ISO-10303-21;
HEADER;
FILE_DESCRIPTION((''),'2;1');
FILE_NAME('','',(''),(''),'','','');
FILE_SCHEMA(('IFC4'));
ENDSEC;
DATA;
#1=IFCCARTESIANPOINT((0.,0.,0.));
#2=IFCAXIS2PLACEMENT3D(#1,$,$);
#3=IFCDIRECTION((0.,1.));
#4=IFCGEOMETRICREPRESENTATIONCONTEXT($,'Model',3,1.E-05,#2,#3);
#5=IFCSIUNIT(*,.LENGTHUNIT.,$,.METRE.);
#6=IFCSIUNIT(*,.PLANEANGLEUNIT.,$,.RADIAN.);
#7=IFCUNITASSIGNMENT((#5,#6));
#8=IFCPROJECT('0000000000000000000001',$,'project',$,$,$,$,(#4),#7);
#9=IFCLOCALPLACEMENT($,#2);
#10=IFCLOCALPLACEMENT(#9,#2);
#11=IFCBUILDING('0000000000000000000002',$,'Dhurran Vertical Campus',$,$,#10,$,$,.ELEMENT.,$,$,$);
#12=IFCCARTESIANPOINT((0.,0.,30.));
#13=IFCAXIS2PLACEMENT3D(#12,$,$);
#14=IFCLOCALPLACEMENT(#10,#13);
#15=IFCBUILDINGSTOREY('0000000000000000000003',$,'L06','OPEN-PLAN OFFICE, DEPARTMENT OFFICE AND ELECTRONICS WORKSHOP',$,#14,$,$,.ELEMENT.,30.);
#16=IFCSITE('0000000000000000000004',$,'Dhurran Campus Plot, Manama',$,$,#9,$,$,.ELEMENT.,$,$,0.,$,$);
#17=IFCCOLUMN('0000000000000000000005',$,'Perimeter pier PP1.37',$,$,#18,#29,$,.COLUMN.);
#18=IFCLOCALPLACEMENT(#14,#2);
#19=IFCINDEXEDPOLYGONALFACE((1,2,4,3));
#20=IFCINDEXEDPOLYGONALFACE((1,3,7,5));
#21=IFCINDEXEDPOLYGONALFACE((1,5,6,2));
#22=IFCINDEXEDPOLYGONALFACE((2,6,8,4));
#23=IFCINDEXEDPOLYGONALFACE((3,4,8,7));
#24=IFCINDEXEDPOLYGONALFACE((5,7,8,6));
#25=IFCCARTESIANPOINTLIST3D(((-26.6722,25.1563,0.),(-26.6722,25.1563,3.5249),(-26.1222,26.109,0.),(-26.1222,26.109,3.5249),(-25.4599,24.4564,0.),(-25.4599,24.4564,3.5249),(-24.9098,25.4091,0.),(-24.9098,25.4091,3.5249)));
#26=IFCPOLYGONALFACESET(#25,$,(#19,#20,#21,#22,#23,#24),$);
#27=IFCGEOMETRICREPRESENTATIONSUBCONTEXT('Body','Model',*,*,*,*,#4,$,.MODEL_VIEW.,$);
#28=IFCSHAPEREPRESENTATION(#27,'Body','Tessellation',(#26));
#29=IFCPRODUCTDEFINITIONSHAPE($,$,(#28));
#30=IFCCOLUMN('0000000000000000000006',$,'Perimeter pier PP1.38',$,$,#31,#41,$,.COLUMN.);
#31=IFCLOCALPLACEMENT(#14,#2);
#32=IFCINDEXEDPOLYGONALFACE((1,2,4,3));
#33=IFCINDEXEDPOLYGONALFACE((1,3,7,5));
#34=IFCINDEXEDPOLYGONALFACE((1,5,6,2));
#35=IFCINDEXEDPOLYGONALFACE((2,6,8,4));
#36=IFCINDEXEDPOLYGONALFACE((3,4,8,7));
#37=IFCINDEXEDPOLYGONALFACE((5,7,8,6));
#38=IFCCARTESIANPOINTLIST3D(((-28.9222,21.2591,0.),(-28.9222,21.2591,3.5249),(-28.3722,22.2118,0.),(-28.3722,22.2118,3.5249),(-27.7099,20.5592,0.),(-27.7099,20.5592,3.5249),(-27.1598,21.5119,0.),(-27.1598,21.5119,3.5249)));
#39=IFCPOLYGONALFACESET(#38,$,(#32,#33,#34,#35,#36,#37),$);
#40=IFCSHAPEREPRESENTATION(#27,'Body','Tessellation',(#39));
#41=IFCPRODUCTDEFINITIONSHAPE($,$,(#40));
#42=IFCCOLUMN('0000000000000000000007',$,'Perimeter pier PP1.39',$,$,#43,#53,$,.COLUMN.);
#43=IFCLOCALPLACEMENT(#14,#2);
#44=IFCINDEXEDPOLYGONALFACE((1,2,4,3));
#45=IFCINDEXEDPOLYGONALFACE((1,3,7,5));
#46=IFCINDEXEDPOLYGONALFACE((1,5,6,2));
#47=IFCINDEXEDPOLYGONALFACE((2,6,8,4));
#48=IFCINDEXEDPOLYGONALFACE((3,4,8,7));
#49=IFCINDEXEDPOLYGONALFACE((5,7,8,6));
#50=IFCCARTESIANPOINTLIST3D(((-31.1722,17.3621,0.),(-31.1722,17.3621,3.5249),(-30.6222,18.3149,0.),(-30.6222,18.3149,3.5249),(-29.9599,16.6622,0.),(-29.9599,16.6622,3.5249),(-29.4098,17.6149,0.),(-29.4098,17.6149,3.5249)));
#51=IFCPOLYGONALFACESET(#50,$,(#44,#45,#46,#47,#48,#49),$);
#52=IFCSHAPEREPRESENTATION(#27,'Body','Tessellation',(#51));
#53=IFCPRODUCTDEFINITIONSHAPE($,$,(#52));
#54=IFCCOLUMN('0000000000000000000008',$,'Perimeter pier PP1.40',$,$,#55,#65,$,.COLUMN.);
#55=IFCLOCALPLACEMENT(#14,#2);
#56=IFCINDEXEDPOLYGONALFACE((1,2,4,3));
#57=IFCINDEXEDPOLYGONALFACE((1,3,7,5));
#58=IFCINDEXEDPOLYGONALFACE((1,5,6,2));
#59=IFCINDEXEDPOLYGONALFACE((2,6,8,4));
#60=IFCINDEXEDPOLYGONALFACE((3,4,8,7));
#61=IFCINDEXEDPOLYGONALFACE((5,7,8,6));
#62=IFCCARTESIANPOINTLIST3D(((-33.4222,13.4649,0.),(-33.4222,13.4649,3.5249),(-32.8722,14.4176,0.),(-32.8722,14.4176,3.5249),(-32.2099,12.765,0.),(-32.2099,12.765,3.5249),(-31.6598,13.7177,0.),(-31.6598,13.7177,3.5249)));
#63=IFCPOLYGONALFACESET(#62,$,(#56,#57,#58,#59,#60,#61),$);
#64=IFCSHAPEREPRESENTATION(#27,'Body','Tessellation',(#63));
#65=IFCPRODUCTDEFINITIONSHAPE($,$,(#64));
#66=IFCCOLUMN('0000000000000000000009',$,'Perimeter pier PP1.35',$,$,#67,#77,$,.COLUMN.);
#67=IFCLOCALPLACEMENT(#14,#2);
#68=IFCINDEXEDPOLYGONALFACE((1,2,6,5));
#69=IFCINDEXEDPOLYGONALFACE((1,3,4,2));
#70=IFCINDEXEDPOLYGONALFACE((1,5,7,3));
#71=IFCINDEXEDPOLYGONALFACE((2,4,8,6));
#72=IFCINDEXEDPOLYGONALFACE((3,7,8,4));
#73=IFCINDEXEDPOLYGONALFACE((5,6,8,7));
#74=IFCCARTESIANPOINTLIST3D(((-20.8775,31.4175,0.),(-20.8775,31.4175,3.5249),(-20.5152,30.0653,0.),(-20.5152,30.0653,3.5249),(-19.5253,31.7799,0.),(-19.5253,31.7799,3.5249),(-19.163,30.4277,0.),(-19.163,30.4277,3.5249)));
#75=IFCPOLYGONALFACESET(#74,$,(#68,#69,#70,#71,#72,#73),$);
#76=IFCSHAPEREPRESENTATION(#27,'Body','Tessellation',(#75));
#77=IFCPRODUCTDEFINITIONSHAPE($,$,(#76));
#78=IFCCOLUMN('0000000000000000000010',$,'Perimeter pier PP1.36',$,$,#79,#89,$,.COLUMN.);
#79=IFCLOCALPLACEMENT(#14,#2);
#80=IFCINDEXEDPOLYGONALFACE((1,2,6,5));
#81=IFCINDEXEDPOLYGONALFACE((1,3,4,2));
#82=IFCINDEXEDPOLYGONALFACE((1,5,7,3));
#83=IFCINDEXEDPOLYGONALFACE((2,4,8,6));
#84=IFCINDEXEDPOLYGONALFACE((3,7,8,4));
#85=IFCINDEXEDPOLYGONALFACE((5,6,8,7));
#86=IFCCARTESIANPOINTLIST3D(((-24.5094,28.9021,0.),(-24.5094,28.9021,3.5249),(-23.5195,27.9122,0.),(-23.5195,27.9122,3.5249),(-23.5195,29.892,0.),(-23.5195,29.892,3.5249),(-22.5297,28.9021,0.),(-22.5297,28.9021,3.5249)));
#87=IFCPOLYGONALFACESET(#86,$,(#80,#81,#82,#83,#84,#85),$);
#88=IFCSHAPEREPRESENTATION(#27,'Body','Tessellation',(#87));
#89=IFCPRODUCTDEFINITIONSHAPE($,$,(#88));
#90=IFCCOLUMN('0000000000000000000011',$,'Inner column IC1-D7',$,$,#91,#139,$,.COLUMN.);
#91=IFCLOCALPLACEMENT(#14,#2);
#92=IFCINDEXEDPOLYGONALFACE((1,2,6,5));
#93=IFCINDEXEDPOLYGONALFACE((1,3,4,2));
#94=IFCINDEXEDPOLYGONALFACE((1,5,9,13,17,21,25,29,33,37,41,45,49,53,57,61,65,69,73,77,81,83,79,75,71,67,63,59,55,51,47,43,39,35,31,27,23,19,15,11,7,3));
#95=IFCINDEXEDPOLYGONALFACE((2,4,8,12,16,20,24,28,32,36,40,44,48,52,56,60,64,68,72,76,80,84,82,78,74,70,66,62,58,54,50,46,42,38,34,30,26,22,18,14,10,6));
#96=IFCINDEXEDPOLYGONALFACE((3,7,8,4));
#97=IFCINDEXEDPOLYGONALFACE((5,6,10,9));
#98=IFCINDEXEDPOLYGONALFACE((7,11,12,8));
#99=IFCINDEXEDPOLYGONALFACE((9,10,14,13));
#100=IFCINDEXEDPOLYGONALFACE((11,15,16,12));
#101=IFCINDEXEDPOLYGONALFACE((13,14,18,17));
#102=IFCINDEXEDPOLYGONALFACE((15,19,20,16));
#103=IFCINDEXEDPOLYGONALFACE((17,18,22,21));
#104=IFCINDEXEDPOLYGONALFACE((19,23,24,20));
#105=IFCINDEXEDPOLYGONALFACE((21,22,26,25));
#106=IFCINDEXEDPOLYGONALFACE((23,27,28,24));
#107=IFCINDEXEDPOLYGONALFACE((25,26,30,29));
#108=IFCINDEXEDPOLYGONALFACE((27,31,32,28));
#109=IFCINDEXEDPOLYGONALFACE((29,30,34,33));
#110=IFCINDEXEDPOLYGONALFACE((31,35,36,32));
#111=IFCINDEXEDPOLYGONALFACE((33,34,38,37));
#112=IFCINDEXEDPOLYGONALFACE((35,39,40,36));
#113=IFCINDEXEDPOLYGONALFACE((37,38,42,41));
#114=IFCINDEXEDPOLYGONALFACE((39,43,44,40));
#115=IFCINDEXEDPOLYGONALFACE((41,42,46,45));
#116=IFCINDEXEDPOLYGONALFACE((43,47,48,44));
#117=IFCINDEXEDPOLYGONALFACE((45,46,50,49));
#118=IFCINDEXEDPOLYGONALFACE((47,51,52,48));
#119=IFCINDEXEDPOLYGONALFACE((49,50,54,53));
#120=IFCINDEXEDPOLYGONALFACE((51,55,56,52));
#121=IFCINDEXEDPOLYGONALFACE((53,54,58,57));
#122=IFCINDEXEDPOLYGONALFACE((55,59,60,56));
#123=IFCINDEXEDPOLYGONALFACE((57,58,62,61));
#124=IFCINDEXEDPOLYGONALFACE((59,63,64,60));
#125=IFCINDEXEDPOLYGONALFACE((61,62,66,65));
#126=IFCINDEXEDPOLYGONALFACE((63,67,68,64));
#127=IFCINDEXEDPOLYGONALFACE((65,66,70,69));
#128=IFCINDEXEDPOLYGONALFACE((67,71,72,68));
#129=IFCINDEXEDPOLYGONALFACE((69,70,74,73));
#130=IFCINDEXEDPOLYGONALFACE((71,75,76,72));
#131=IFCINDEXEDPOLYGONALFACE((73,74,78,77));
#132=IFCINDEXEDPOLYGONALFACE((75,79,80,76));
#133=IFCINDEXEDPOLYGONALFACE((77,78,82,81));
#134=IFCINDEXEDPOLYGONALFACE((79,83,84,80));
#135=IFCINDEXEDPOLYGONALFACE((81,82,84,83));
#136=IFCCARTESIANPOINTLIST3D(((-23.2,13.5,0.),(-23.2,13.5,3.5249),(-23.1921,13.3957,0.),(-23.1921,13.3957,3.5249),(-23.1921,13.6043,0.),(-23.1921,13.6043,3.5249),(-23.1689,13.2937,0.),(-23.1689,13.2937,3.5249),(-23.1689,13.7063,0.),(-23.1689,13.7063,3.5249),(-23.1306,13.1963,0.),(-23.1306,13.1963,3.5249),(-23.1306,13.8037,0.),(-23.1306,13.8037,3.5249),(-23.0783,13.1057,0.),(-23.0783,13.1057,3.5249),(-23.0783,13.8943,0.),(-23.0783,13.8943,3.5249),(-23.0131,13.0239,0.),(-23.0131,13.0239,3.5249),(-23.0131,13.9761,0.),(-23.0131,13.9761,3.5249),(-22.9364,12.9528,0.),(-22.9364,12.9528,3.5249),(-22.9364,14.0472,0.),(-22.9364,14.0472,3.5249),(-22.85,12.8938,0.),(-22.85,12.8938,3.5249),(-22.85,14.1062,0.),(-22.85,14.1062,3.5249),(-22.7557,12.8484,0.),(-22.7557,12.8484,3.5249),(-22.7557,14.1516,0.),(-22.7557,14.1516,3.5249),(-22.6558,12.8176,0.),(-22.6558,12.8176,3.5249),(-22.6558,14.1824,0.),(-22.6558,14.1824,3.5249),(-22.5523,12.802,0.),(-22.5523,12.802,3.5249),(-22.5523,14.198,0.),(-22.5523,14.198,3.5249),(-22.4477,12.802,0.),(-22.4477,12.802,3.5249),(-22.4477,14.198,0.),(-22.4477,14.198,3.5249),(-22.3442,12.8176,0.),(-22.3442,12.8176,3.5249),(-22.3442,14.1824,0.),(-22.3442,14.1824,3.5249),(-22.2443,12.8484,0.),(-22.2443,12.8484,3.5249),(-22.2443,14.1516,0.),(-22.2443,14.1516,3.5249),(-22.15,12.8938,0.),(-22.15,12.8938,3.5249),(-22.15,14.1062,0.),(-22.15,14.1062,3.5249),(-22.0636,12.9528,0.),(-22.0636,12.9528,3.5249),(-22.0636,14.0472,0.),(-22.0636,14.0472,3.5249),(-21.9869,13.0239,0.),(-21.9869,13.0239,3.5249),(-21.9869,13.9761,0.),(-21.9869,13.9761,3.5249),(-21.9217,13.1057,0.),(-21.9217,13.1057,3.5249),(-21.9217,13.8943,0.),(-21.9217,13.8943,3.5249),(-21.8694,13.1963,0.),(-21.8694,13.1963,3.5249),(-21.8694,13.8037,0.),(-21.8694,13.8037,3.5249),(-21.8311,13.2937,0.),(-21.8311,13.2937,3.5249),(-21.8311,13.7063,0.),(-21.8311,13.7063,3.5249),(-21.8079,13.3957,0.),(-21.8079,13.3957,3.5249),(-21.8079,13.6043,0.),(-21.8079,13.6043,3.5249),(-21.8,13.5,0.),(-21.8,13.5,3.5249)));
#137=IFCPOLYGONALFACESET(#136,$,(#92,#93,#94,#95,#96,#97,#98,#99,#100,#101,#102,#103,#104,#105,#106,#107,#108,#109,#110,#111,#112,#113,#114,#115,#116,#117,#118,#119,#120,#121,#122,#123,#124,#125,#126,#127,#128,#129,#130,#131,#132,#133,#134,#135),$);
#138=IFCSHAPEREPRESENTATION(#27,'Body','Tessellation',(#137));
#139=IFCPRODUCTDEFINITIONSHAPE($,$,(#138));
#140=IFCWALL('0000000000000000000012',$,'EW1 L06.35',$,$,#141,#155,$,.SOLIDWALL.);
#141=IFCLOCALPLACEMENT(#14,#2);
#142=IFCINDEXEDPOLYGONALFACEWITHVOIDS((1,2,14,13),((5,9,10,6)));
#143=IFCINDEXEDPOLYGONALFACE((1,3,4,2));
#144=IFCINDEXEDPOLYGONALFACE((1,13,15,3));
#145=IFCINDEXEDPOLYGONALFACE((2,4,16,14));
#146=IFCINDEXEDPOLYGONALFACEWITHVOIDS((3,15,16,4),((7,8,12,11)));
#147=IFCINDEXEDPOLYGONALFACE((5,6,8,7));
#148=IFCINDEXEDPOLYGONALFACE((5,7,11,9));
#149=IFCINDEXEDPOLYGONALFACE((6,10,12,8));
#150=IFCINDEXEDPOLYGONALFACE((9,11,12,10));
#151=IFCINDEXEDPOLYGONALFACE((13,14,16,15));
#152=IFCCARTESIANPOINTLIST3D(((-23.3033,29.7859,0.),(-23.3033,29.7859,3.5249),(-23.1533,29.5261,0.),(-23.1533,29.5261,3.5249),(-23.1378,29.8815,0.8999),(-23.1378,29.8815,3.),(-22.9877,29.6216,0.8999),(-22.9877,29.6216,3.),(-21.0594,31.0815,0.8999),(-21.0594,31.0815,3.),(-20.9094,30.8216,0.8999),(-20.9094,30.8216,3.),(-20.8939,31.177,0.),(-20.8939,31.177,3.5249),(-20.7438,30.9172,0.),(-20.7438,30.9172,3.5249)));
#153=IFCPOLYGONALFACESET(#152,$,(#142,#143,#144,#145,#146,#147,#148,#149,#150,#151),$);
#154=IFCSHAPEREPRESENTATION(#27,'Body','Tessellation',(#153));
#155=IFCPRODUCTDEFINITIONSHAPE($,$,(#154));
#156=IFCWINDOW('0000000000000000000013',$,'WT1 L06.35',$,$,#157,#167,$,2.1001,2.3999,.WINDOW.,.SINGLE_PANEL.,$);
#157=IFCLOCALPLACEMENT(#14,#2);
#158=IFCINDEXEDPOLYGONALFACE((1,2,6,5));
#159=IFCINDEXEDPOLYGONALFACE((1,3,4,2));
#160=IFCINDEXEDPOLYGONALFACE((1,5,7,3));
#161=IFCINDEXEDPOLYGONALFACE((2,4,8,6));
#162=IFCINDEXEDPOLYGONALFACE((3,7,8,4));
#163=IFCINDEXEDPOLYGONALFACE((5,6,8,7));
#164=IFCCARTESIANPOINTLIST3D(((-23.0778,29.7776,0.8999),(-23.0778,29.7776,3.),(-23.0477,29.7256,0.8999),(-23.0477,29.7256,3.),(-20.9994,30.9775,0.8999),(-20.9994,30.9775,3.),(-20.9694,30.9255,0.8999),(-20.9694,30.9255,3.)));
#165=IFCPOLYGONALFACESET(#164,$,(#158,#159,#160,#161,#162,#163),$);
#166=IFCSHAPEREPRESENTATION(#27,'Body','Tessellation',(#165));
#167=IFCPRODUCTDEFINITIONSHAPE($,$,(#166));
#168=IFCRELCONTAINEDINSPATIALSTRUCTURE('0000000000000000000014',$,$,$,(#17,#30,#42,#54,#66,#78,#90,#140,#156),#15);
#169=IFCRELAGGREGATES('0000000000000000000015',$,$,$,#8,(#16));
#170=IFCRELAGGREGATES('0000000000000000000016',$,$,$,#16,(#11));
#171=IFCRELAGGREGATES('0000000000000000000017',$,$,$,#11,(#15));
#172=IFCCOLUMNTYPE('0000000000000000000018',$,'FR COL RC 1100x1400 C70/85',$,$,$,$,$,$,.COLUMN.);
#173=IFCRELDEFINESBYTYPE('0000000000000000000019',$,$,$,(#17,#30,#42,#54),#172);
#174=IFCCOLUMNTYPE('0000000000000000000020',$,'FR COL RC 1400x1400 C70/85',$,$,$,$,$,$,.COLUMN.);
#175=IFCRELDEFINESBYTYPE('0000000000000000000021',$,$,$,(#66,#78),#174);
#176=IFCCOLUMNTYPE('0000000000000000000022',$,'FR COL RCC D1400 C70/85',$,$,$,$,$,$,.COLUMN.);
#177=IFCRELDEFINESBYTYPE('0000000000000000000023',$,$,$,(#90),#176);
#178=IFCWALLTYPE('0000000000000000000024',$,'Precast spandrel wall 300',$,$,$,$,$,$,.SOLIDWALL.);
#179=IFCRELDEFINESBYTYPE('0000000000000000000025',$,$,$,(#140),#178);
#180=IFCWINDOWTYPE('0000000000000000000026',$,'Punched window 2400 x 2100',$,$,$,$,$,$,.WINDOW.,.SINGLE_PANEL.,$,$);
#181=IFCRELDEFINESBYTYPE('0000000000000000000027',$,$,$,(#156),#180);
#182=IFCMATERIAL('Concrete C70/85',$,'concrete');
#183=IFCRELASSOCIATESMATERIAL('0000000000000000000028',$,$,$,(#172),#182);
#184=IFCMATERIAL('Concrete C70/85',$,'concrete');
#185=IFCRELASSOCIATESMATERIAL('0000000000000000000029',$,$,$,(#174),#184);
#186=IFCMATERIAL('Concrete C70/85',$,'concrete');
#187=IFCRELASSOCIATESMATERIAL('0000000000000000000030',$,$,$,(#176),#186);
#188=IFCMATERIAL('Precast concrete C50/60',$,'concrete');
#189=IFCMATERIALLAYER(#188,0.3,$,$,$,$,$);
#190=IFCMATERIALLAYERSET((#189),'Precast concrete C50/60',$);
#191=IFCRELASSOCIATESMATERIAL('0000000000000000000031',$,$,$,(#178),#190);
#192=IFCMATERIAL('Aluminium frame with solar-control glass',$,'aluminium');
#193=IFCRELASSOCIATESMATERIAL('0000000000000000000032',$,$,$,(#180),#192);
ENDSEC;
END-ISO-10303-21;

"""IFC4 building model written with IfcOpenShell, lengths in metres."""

from ifc_helpers import new_model, si_unit, direction, frame, frame_2d, origin, origin_2d, place, context, subcontext, project, spatial, rectangle, circle, extrude, material, layer, layer_set, material_profile, profile_set, type_object, element, fill, save


model = new_model("IFC4")

# Units and contexts
model_context = context("Model", 3, precision=1e-05, world=origin(), true_north=direction((0.0, 1.0)))
body_context = subcontext(model_context, "Body", "Model", "MODEL_VIEW")
ifc_project = project(units=[si_unit("LENGTHUNIT", "METRE"), si_unit("PLANEANGLEUNIT", "RADIAN")], contexts=[model_context])

# Site, building, storey
site_placement = place(None, origin())
site = spatial("IfcSite", under=ifc_project, at=site_placement, Name="Dhurran Campus Plot, Manama", CompositionType="ELEMENT", RefElevation=0.0)
building_placement = place(site_placement, origin())
building = spatial("IfcBuilding", under=site, at=building_placement, Name="Dhurran Vertical Campus", CompositionType="ELEMENT")
storey_placement = place(building_placement, frame((0.0, 0.0, 30.0)))
storey = spatial("IfcBuildingStorey", under=building, at=storey_placement, Name="L06", Description="OPEN-PLAN OFFICE, DEPARTMENT OFFICE AND ELECTRONICS WORKSHOP", CompositionType="ELEMENT", Elevation=30.0)

# Columns
ifc_material_1 = material(Name="Concrete C70/85", Category="concrete")
ifc_material_profile_1 = material_profile(ifc_material_1, rectangle(XDim=1.1001, YDim=1.3999, at=origin_2d()), Name="RC 1100x1400")
ifc_profile_set_1 = profile_set([ifc_material_profile_1], Name="Concrete C70/85")
column_type_1 = type_object("IfcColumnType", Name="FR COL RC 1100x1400 C70/85", PredefinedType="COLUMN", material=ifc_profile_set_1)
for number, where, z_axis, x_axis, name in (
    (1, (-25.791, 25.2827, 0.0), (0.0, 0.0, 1.0), (-0.5, -0.866025, 0.0), "Perimeter pier PP1.37"),
    (2, (-28.041, 21.3855, 0.0), (0.0, 0.0, 1.0), (-0.5, -0.866025, 0.0), "Perimeter pier PP1.38"),
    (3, (-30.291, 17.4885, 0.0), (0.0, 0.0, 1.0), (-0.5, -0.866025, 0.0), "Perimeter pier PP1.39"),
    (4, (-32.541, 13.5913, 0.0), (0.0, 0.0, 1.0), (-0.5, -0.866025, 0.0), "Perimeter pier PP1.40"),
):
    element("IfcColumn", number, at=place(storey_placement, frame(where, z_axis=z_axis, x_axis=x_axis)), inside=storey, type_object=column_type_1, Name=name, PredefinedType="COLUMN", context=body_context, shape_type="SweptSolid", body=[
        extrude(rectangle(XDim=1.1001, YDim=1.3999, at=origin_2d()), origin(), (0.0, 0.0, 1.0), 3.5249),
    ])
ifc_material_2 = material(Name="Concrete C70/85", Category="concrete")
ifc_material_profile_2 = material_profile(ifc_material_2, rectangle(XDim=1.3999, YDim=1.3999, at=origin_2d()), Name="RC 1400x1400")
ifc_profile_set_2 = profile_set([ifc_material_profile_2], Name="Concrete C70/85")
column_type_2 = type_object("IfcColumnType", Name="FR COL RC 1400x1400 C70/85", PredefinedType="COLUMN", material=ifc_profile_set_2)
for number, where, z_axis, x_axis, name in (
    (5, (-20.0203, 30.9226, 0.0), (0.0, 0.0, 1.0), (-0.965926, -0.258819, 0.0), "Perimeter pier PP1.35"),
    (6, (-23.5195, 28.9021, 0.0), (0.0, 0.0, 1.0), (-0.707107, -0.707107, 0.0), "Perimeter pier PP1.36"),
):
    element("IfcColumn", number, at=place(storey_placement, frame(where, z_axis=z_axis, x_axis=x_axis)), inside=storey, type_object=column_type_2, Name=name, PredefinedType="COLUMN", context=body_context, shape_type="SweptSolid", body=[
        extrude(rectangle(XDim=1.3999, YDim=1.3999, at=origin_2d()), origin(), (0.0, 0.0, 1.0), 3.5249),
    ])
ifc_material_3 = material(Name="Concrete C70/85", Category="concrete")
ifc_material_profile_3 = material_profile(ifc_material_3, circle(Radius=0.7, at=origin_2d()), Name="RCC D1400")
ifc_profile_set_3 = profile_set([ifc_material_profile_3], Name="Concrete C70/85")
column_type_3 = type_object("IfcColumnType", Name="FR COL RCC D1400 C70/85", PredefinedType="COLUMN", material=ifc_profile_set_3)
column_placement = place(storey_placement, frame((-22.5, 13.5, 0.0), z_axis=(0.0, 0.0, 1.0), x_axis=(1.0, 0.0, 0.0)))
element("IfcColumn", 7, at=column_placement, inside=storey, type_object=column_type_3, Name="Inner column IC1-D7", PredefinedType="COLUMN", context=body_context, shape_type="SweptSolid", body=[
    extrude(circle(Radius=0.7, at=origin_2d()), origin(), (0.0, 0.0, 1.0), 3.5249),
])

# Wall, opening, window
ifc_material_4 = material(Name="Precast concrete C50/60", Category="concrete")
ifc_layer_1 = layer(ifc_material_4, 0.3)
ifc_layer_set_1 = layer_set([ifc_layer_1], Name="Precast concrete C50/60")
wall_type_1 = type_object("IfcWallType", Name="Precast spandrel wall 300", PredefinedType="SOLIDWALL", material=ifc_layer_set_1)
wall_1_placement = place(storey_placement, frame((-20.8188, 31.0471, 0.0), z_axis=(0.0, 0.0, 1.0), x_axis=(-0.86602, -0.500009, 0.0)))
wall_1 = element("IfcWall", 8, at=wall_1_placement, inside=storey, type_object=wall_type_1, Name="EW1 L06.35", PredefinedType="SOLIDWALL", context=body_context, shape_type="SweptSolid", body=[
    extrude(rectangle(XDim=2.7822, YDim=0.3, at=frame_2d((1.3911, 0.0))), origin(), (0.0, 0.0, 1.0), 3.5249),
])
opening_1_placement = place(wall_1_placement, frame((0.1912, 0.0, 0.8999)))
opening_1 = element("IfcOpeningElement", 9, at=opening_1_placement, cuts=wall_1, PredefinedType="OPENING", context=body_context, shape_type="SweptSolid", body=[
    extrude(rectangle(XDim=2.3999, YDim=2.1001, at=frame_2d((1.2, 1.05))), frame((0.0, 0.1599, 0.0), z_axis=(0.0, -1.0, 0.0), x_axis=(1.0, 0.0, 0.0)), (0.0, 0.0, 1.0), 0.3201),
])
ifc_material_5 = material(Name="Aluminium frame with solar-control glass", Category="aluminium")
window_type = type_object("IfcWindowType", Name="Punched window 2400 x 2100", PartitioningType="SINGLE_PANEL", PredefinedType="WINDOW", material=ifc_material_5)
window_1_placement = place(opening_1_placement, origin())
window_1 = element("IfcWindow", 10, at=window_1_placement, inside=storey, type_object=window_type, Name="WT1 L06.35", OverallHeight=2.1001, OverallWidth=2.3999, PartitioningType="SINGLE_PANEL", PredefinedType="WINDOW", context=body_context, shape_type="SweptSolid", body=[
    extrude(rectangle(XDim=2.3999, YDim=2.1001, at=frame_2d((1.2, 1.05))), frame((0.0, 0.03, 0.0), z_axis=(0.0, -1.0, 0.0), x_axis=(1.0, 0.0, 0.0)), (0.0, 0.0, 1.0), 0.0601),
])
fill(opening_1, window_1)

save(model, "model.ifc")
